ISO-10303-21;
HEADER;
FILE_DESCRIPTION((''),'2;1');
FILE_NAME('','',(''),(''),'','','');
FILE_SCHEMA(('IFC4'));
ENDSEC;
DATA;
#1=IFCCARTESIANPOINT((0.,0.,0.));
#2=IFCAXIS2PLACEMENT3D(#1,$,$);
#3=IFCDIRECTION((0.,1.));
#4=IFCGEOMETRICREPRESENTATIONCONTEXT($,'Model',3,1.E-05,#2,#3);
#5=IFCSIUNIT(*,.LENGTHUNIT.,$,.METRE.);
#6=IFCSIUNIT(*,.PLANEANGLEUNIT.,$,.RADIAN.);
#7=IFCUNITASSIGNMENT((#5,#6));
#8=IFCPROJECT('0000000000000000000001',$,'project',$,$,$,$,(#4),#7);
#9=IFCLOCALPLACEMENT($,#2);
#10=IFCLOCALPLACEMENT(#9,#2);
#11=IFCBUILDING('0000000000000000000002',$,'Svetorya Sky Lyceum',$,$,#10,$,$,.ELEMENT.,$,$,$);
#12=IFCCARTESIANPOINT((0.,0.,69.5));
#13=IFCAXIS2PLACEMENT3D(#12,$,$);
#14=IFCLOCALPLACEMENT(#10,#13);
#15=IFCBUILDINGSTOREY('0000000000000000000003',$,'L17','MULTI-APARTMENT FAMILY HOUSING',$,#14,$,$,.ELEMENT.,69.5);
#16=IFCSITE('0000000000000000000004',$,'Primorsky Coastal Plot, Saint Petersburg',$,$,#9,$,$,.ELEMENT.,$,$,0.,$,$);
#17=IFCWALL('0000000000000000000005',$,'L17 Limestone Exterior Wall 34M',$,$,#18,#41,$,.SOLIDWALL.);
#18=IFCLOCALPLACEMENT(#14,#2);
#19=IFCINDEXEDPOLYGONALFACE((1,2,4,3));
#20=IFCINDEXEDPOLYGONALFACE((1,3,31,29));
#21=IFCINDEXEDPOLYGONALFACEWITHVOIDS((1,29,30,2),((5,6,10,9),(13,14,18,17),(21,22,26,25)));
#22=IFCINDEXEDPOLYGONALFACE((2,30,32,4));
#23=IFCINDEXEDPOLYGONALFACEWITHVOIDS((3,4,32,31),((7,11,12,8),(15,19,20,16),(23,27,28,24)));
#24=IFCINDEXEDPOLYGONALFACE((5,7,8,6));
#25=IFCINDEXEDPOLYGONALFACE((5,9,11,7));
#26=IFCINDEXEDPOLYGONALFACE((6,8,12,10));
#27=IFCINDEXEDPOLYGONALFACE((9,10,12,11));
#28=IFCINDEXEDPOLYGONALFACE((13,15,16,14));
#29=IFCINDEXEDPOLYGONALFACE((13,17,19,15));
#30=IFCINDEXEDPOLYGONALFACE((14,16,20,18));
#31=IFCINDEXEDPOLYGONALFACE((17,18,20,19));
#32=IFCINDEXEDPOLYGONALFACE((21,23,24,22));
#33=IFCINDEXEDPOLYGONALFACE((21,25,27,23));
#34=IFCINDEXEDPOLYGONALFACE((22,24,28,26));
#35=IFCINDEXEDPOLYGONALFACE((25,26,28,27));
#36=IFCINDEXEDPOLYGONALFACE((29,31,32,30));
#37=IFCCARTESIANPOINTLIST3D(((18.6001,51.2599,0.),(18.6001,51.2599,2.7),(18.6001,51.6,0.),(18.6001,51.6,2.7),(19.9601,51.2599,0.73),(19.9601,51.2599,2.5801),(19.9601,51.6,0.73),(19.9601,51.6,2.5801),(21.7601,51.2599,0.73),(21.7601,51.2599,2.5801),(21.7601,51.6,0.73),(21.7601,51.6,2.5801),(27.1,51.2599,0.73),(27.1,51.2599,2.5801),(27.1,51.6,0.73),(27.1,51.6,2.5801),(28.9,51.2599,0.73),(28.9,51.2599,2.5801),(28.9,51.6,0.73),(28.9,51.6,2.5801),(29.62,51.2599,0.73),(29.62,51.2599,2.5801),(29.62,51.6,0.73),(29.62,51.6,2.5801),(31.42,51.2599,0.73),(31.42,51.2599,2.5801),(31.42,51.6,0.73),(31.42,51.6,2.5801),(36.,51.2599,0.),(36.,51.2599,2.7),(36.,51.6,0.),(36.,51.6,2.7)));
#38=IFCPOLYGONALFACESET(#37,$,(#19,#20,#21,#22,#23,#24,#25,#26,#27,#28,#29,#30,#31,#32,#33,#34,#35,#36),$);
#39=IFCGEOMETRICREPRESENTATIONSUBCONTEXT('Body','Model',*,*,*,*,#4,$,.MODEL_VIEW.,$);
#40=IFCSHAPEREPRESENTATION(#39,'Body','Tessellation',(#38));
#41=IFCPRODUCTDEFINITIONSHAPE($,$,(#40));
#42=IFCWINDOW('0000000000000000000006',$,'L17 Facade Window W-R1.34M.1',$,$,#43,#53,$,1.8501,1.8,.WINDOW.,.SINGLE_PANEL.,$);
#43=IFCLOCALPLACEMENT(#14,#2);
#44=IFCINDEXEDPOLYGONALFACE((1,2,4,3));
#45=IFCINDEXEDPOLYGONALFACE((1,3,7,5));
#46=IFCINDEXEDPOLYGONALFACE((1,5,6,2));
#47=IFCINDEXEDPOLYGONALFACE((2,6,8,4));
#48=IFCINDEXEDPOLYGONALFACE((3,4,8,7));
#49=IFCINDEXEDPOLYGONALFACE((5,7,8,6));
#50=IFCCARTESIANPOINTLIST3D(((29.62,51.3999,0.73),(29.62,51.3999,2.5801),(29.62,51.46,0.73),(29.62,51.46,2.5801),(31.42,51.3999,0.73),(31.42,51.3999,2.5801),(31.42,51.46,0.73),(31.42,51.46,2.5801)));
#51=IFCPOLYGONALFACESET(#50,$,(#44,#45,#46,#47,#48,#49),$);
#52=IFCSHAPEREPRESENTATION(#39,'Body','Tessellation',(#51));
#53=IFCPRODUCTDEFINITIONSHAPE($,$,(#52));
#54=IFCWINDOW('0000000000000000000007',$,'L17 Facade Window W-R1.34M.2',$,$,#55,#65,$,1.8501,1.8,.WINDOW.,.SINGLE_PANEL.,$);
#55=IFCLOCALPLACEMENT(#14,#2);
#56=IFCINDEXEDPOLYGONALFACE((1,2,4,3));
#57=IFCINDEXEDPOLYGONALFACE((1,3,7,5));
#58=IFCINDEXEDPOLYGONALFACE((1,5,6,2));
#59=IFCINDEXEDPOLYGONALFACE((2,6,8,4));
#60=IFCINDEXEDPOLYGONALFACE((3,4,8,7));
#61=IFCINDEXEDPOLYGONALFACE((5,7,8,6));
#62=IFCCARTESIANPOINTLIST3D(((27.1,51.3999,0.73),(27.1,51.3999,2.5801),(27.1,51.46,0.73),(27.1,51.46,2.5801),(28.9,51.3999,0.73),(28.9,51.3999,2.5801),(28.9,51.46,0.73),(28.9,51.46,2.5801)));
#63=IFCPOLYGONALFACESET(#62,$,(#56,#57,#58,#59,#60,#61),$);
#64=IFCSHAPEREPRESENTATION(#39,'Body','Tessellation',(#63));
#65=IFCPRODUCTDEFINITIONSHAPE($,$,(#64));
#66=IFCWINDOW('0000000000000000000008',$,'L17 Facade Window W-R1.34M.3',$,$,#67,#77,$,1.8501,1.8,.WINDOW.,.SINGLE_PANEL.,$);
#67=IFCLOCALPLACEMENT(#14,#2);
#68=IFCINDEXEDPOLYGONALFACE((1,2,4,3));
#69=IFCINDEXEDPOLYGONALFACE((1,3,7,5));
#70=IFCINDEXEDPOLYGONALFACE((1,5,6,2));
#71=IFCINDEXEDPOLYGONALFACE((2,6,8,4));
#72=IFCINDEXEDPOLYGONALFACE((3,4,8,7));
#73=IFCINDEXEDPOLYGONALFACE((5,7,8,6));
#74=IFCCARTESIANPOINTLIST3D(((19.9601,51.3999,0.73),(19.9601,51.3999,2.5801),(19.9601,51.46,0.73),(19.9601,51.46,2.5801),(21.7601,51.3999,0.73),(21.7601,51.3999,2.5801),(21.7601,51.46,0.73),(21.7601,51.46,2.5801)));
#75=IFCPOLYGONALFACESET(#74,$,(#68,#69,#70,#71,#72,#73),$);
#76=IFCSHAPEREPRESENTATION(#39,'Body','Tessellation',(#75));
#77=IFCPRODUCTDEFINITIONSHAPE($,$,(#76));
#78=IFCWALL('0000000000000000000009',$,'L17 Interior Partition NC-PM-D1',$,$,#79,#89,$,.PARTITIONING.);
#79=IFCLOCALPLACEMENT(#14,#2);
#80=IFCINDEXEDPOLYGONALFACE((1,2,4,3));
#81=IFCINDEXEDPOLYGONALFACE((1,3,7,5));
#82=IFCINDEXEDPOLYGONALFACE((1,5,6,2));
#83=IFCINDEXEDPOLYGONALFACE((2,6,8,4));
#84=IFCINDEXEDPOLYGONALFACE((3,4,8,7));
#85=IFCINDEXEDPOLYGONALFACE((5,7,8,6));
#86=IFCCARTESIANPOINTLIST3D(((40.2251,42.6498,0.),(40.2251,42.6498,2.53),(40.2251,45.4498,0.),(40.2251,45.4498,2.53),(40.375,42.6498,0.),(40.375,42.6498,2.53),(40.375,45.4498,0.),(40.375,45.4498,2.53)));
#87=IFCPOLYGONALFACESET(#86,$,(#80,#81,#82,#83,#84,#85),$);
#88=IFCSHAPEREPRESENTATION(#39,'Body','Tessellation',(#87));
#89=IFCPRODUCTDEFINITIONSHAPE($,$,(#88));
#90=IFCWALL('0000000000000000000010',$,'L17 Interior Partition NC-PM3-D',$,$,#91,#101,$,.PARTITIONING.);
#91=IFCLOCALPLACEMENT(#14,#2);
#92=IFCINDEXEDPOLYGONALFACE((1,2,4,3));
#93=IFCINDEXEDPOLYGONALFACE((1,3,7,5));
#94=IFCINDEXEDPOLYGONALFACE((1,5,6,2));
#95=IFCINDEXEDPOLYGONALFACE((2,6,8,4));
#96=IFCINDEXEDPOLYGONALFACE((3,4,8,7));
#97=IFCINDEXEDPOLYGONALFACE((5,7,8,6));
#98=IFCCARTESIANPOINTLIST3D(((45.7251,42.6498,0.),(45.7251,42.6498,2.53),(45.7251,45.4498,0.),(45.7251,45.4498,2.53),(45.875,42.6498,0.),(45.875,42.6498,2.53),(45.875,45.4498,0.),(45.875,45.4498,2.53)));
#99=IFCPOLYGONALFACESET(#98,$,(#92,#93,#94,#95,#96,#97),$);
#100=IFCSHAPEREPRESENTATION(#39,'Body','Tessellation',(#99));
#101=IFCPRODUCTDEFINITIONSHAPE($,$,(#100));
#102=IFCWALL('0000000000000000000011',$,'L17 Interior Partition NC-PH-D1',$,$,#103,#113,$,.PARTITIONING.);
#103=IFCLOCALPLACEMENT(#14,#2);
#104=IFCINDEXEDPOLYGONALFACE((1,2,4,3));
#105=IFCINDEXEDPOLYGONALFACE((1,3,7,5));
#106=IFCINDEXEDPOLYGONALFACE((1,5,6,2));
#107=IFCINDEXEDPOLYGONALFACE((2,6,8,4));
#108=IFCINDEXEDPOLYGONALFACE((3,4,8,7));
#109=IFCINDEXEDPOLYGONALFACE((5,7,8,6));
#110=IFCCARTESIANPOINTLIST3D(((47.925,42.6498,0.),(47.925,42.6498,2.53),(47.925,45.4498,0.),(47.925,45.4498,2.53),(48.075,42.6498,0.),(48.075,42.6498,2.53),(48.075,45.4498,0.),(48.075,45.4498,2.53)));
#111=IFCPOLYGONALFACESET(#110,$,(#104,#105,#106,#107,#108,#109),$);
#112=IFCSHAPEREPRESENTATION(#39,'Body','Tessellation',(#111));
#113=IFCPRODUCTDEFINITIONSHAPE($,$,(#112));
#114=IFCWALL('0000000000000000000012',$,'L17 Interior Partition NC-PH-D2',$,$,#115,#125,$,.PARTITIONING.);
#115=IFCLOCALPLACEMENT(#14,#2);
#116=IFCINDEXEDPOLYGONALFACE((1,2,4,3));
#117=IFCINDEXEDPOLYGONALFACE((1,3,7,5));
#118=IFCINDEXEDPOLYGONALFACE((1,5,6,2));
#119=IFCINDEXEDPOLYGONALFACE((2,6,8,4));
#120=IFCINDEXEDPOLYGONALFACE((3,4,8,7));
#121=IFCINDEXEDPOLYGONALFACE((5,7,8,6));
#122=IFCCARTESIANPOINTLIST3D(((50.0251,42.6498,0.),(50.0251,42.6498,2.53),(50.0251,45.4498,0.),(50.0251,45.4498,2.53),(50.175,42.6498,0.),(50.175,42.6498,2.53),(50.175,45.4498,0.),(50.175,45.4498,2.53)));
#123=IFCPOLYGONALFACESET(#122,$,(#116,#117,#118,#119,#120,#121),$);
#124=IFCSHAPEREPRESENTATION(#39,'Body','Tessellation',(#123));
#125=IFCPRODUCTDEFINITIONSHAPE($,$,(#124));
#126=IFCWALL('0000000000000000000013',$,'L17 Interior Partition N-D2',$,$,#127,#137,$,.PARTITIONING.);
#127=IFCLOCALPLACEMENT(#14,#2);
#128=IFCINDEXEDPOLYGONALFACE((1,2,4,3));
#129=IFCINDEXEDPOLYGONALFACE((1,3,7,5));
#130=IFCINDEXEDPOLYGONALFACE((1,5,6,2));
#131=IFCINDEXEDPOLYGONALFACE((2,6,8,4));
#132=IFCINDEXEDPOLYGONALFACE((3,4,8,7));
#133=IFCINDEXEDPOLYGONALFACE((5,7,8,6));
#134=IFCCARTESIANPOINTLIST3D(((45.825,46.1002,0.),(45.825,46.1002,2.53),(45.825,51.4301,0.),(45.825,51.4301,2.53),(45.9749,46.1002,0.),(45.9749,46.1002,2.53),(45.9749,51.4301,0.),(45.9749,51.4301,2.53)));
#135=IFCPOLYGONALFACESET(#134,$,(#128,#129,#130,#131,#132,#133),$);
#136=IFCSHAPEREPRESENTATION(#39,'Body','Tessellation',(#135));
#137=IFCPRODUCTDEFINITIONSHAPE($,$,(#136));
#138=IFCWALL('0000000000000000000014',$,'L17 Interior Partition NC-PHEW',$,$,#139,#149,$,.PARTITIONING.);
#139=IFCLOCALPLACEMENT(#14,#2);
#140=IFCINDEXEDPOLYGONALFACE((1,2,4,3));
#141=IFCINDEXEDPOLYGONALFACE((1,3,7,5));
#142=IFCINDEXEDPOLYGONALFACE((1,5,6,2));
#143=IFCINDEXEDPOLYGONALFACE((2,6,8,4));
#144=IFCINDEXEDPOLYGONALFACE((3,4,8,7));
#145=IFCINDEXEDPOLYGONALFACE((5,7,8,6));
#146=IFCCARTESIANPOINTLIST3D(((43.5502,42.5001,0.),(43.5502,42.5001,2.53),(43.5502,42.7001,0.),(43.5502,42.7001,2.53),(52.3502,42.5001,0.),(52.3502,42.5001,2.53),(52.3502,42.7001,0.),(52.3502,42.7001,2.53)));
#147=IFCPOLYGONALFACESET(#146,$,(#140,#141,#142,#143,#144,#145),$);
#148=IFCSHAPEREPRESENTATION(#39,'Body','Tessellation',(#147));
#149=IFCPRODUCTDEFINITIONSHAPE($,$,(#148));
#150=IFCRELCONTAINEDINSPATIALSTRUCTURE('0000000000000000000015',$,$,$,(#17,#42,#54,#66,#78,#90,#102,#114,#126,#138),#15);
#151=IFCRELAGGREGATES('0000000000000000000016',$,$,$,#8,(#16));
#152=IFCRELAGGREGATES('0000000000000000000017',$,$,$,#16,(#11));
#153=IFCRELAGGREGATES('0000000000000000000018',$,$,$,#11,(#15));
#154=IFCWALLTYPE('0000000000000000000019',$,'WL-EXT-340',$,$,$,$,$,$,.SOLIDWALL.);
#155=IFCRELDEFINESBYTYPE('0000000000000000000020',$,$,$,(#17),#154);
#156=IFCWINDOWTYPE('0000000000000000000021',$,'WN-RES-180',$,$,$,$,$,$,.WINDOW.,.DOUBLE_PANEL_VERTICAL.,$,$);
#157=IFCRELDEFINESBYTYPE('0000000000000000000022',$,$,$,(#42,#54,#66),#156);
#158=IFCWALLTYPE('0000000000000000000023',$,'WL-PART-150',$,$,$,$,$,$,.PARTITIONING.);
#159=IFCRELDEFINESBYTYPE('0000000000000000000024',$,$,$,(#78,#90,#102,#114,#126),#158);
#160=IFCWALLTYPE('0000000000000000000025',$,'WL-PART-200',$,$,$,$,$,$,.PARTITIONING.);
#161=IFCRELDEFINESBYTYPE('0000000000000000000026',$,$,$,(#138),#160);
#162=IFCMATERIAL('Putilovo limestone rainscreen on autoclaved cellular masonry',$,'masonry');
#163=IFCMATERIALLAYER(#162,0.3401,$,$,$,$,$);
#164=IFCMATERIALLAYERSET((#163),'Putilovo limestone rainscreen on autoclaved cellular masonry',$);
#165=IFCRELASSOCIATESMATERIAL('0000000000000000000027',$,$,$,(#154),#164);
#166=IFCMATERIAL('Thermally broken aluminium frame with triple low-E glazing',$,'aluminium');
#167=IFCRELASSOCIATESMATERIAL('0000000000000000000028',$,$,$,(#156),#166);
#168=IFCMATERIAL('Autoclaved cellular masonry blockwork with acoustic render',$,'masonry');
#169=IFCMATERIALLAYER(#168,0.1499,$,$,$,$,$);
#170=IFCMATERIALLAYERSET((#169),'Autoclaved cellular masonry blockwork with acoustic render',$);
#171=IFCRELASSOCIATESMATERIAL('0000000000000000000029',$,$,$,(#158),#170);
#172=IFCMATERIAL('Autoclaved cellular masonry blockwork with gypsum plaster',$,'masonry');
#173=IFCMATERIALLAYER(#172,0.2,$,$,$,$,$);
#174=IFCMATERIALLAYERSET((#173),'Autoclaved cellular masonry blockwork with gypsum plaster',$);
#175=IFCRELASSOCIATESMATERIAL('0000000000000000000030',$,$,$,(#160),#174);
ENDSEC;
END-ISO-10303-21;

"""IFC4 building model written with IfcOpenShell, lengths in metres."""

from ifc_helpers import new_model, si_unit, direction, frame, frame_2d, origin, place, context, subcontext, project, spatial, rectangle, extrude, material, layer, layer_set, type_object, element, fill, save


model = new_model("IFC4")

# Units and contexts
model_context = context("Model", 3, precision=1e-05, world=origin(), true_north=direction((0.0, 1.0)))
body_context = subcontext(model_context, "Body", "Model", "MODEL_VIEW")
ifc_project = project(units=[si_unit("LENGTHUNIT", "METRE"), si_unit("PLANEANGLEUNIT", "RADIAN")], contexts=[model_context])

# Site, building, storey
site_placement = place(None, origin())
site = spatial("IfcSite", under=ifc_project, at=site_placement, Name="Primorsky Coastal Plot, Saint Petersburg", CompositionType="ELEMENT", RefElevation=0.0)
building_placement = place(site_placement, origin())
building = spatial("IfcBuilding", under=site, at=building_placement, Name="Svetorya Sky Lyceum", CompositionType="ELEMENT")
storey_placement = place(building_placement, frame((0.0, 0.0, 69.5)))
storey = spatial("IfcBuildingStorey", under=building, at=storey_placement, Name="L17", Description="MULTI-APARTMENT FAMILY HOUSING", CompositionType="ELEMENT", Elevation=69.5)

# Shared definitions
ifc_material_1 = material(Name="Putilovo limestone rainscreen on autoclaved cellular masonry", Category="masonry")
ifc_layer_1 = layer(ifc_material_1, 0.3401)
ifc_layer_set_1 = layer_set([ifc_layer_1], Name="Putilovo limestone rainscreen on autoclaved cellular masonry")
wall_type_1 = type_object("IfcWallType", Name="WL-EXT-340", PredefinedType="SOLIDWALL", material=ifc_layer_set_1)

# Wall, openings, windows
wall_1_placement = place(storey_placement, frame((36.0, 51.4299, 0.0), z_axis=(0.0, 0.0, 1.0), x_axis=(-1.0, 0.0, 0.0)))
wall_1 = element("IfcWall", 1, at=wall_1_placement, inside=storey, type_object=wall_type_1, Name="L17 Limestone Exterior Wall 34M", PredefinedType="SOLIDWALL", context=body_context, shape_type="SweptSolid", body=[
    extrude(rectangle(XDim=17.3999, YDim=0.3401, at=frame_2d((8.7, 0.0))), origin(), (0.0, 0.0, 1.0), 2.7),
])
opening_1_placement = place(wall_1_placement, frame((4.5801, 0.0, 0.73)))
opening_1 = element("IfcOpeningElement", 2, at=opening_1_placement, cuts=wall_1, PredefinedType="OPENING", context=body_context, shape_type="SweptSolid", body=[
    extrude(rectangle(XDim=1.8, YDim=1.8501, at=frame_2d((0.8999, 0.925))), frame((0.0, 0.1799, 0.0), z_axis=(0.0, -1.0, 0.0), x_axis=(1.0, 0.0, 0.0)), (0.0, 0.0, 1.0), 0.3601),
])
opening_2_placement = place(wall_1_placement, frame((7.1001, 0.0, 0.73)))
opening_2 = element("IfcOpeningElement", 3, at=opening_2_placement, cuts=wall_1, PredefinedType="OPENING", context=body_context, shape_type="SweptSolid", body=[
    extrude(rectangle(XDim=1.8, YDim=1.8501, at=frame_2d((0.8999, 0.925))), frame((0.0, 0.1799, 0.0), z_axis=(0.0, -1.0, 0.0), x_axis=(1.0, 0.0, 0.0)), (0.0, 0.0, 1.0), 0.3601),
])
opening_3_placement = place(wall_1_placement, frame((14.24, 0.0, 0.73)))
opening_3 = element("IfcOpeningElement", 4, at=opening_3_placement, cuts=wall_1, PredefinedType="OPENING", context=body_context, shape_type="SweptSolid", body=[
    extrude(rectangle(XDim=1.8, YDim=1.8501, at=frame_2d((0.8999, 0.925))), frame((0.0, 0.1799, 0.0), z_axis=(0.0, -1.0, 0.0), x_axis=(1.0, 0.0, 0.0)), (0.0, 0.0, 1.0), 0.3601),
])
ifc_material_2 = material(Name="Thermally broken aluminium frame with triple low-E glazing", Category="aluminium")
window_type = type_object("IfcWindowType", Name="WN-RES-180", PartitioningType="DOUBLE_PANEL_VERTICAL", PredefinedType="WINDOW", material=ifc_material_2)
window_1_placement = place(opening_1_placement, origin())
window_1 = element("IfcWindow", 5, at=window_1_placement, inside=storey, type_object=window_type, Name="L17 Facade Window W-R1.34M.1", OverallHeight=1.8501, OverallWidth=1.8, PartitioningType="SINGLE_PANEL", PredefinedType="WINDOW", context=body_context, shape_type="SweptSolid", body=[
    extrude(rectangle(XDim=1.8, YDim=1.8501, at=frame_2d((0.8999, 0.925))), frame((0.0, 0.03, 0.0), z_axis=(0.0, -1.0, 0.0), x_axis=(1.0, 0.0, 0.0)), (0.0, 0.0, 1.0), 0.0601),
])
fill(opening_1, window_1)
window_2_placement = place(opening_2_placement, origin())
window_2 = element("IfcWindow", 6, at=window_2_placement, inside=storey, type_object=window_type, Name="L17 Facade Window W-R1.34M.2", OverallHeight=1.8501, OverallWidth=1.8, PartitioningType="SINGLE_PANEL", PredefinedType="WINDOW", context=body_context, shape_type="SweptSolid", body=[
    extrude(rectangle(XDim=1.8, YDim=1.8501, at=frame_2d((0.8999, 0.925))), frame((0.0, 0.03, 0.0), z_axis=(0.0, -1.0, 0.0), x_axis=(1.0, 0.0, 0.0)), (0.0, 0.0, 1.0), 0.0601),
])
fill(opening_2, window_2)
window_3_placement = place(opening_3_placement, origin())
window_3 = element("IfcWindow", 7, at=window_3_placement, inside=storey, type_object=window_type, Name="L17 Facade Window W-R1.34M.3", OverallHeight=1.8501, OverallWidth=1.8, PartitioningType="SINGLE_PANEL", PredefinedType="WINDOW", context=body_context, shape_type="SweptSolid", body=[
    extrude(rectangle(XDim=1.8, YDim=1.8501, at=frame_2d((0.8999, 0.925))), frame((0.0, 0.03, 0.0), z_axis=(0.0, -1.0, 0.0), x_axis=(1.0, 0.0, 0.0)), (0.0, 0.0, 1.0), 0.0601),
])
fill(opening_3, window_3)

# Walls
ifc_material_3 = material(Name="Autoclaved cellular masonry blockwork with acoustic render", Category="masonry")
ifc_layer_2 = layer(ifc_material_3, 0.1499)
ifc_layer_set_2 = layer_set([ifc_layer_2], Name="Autoclaved cellular masonry blockwork with acoustic render")
wall_type_2 = type_object("IfcWallType", Name="WL-PART-150", PredefinedType="PARTITIONING", material=ifc_layer_set_2)
for number, where, z_axis, x_axis, name in (
    (8, (40.3, 42.6499, 0.0), (0.0, 0.0, 1.0), (0.0, 1.0, 0.0), "L17 Interior Partition NC-PM-D1"),
    (9, (45.8, 42.6499, 0.0), (0.0, 0.0, 1.0), (0.0, 1.0, 0.0), "L17 Interior Partition NC-PM3-D"),
    (10, (48.0, 42.6499, 0.0), (0.0, 0.0, 1.0), (0.0, 1.0, 0.0), "L17 Interior Partition NC-PH-D1"),
    (11, (50.1001, 42.6499, 0.0), (0.0, 0.0, 1.0), (0.0, 1.0, 0.0), "L17 Interior Partition NC-PH-D2"),
):
    element("IfcWall", number, at=place(storey_placement, frame(where, z_axis=z_axis, x_axis=x_axis)), inside=storey, type_object=wall_type_2, Name=name, PredefinedType="PARTITIONING", context=body_context, shape_type="SweptSolid", body=[
        extrude(rectangle(XDim=2.8, YDim=0.1499, at=frame_2d((1.3999, 0.0))), origin(), (0.0, 0.0, 1.0), 2.53),
    ])
wall_2_placement = place(storey_placement, frame((45.8999, 46.1001, 0.0), z_axis=(0.0, 0.0, 1.0), x_axis=(0.0, 1.0, 0.0)))
element("IfcWall", 12, at=wall_2_placement, inside=storey, type_object=wall_type_2, Name="L17 Interior Partition N-D2", PredefinedType="PARTITIONING", context=body_context, shape_type="SweptSolid", body=[
    extrude(rectangle(XDim=5.3298, YDim=0.1499, at=frame_2d((2.665, 0.0))), origin(), (0.0, 0.0, 1.0), 2.53),
])
ifc_material_4 = material(Name="Autoclaved cellular masonry blockwork with gypsum plaster", Category="masonry")
ifc_layer_3 = layer(ifc_material_4, 0.2)
ifc_layer_set_3 = layer_set([ifc_layer_3], Name="Autoclaved cellular masonry blockwork with gypsum plaster")
wall_type_3 = type_object("IfcWallType", Name="WL-PART-200", PredefinedType="PARTITIONING", material=ifc_layer_set_3)
wall_3_placement = place(storey_placement, frame((52.3501, 42.6001, 0.0), z_axis=(0.0, 0.0, 1.0), x_axis=(-1.0, 0.0, 0.0)))
element("IfcWall", 13, at=wall_3_placement, inside=storey, type_object=wall_type_3, Name="L17 Interior Partition NC-PHEW", PredefinedType="PARTITIONING", context=body_context, shape_type="SweptSolid", body=[
    extrude(rectangle(XDim=8.8, YDim=0.2, at=frame_2d((4.3999, 0.0))), origin(), (0.0, 0.0, 1.0), 2.53),
])

save(model, "model.ifc")
